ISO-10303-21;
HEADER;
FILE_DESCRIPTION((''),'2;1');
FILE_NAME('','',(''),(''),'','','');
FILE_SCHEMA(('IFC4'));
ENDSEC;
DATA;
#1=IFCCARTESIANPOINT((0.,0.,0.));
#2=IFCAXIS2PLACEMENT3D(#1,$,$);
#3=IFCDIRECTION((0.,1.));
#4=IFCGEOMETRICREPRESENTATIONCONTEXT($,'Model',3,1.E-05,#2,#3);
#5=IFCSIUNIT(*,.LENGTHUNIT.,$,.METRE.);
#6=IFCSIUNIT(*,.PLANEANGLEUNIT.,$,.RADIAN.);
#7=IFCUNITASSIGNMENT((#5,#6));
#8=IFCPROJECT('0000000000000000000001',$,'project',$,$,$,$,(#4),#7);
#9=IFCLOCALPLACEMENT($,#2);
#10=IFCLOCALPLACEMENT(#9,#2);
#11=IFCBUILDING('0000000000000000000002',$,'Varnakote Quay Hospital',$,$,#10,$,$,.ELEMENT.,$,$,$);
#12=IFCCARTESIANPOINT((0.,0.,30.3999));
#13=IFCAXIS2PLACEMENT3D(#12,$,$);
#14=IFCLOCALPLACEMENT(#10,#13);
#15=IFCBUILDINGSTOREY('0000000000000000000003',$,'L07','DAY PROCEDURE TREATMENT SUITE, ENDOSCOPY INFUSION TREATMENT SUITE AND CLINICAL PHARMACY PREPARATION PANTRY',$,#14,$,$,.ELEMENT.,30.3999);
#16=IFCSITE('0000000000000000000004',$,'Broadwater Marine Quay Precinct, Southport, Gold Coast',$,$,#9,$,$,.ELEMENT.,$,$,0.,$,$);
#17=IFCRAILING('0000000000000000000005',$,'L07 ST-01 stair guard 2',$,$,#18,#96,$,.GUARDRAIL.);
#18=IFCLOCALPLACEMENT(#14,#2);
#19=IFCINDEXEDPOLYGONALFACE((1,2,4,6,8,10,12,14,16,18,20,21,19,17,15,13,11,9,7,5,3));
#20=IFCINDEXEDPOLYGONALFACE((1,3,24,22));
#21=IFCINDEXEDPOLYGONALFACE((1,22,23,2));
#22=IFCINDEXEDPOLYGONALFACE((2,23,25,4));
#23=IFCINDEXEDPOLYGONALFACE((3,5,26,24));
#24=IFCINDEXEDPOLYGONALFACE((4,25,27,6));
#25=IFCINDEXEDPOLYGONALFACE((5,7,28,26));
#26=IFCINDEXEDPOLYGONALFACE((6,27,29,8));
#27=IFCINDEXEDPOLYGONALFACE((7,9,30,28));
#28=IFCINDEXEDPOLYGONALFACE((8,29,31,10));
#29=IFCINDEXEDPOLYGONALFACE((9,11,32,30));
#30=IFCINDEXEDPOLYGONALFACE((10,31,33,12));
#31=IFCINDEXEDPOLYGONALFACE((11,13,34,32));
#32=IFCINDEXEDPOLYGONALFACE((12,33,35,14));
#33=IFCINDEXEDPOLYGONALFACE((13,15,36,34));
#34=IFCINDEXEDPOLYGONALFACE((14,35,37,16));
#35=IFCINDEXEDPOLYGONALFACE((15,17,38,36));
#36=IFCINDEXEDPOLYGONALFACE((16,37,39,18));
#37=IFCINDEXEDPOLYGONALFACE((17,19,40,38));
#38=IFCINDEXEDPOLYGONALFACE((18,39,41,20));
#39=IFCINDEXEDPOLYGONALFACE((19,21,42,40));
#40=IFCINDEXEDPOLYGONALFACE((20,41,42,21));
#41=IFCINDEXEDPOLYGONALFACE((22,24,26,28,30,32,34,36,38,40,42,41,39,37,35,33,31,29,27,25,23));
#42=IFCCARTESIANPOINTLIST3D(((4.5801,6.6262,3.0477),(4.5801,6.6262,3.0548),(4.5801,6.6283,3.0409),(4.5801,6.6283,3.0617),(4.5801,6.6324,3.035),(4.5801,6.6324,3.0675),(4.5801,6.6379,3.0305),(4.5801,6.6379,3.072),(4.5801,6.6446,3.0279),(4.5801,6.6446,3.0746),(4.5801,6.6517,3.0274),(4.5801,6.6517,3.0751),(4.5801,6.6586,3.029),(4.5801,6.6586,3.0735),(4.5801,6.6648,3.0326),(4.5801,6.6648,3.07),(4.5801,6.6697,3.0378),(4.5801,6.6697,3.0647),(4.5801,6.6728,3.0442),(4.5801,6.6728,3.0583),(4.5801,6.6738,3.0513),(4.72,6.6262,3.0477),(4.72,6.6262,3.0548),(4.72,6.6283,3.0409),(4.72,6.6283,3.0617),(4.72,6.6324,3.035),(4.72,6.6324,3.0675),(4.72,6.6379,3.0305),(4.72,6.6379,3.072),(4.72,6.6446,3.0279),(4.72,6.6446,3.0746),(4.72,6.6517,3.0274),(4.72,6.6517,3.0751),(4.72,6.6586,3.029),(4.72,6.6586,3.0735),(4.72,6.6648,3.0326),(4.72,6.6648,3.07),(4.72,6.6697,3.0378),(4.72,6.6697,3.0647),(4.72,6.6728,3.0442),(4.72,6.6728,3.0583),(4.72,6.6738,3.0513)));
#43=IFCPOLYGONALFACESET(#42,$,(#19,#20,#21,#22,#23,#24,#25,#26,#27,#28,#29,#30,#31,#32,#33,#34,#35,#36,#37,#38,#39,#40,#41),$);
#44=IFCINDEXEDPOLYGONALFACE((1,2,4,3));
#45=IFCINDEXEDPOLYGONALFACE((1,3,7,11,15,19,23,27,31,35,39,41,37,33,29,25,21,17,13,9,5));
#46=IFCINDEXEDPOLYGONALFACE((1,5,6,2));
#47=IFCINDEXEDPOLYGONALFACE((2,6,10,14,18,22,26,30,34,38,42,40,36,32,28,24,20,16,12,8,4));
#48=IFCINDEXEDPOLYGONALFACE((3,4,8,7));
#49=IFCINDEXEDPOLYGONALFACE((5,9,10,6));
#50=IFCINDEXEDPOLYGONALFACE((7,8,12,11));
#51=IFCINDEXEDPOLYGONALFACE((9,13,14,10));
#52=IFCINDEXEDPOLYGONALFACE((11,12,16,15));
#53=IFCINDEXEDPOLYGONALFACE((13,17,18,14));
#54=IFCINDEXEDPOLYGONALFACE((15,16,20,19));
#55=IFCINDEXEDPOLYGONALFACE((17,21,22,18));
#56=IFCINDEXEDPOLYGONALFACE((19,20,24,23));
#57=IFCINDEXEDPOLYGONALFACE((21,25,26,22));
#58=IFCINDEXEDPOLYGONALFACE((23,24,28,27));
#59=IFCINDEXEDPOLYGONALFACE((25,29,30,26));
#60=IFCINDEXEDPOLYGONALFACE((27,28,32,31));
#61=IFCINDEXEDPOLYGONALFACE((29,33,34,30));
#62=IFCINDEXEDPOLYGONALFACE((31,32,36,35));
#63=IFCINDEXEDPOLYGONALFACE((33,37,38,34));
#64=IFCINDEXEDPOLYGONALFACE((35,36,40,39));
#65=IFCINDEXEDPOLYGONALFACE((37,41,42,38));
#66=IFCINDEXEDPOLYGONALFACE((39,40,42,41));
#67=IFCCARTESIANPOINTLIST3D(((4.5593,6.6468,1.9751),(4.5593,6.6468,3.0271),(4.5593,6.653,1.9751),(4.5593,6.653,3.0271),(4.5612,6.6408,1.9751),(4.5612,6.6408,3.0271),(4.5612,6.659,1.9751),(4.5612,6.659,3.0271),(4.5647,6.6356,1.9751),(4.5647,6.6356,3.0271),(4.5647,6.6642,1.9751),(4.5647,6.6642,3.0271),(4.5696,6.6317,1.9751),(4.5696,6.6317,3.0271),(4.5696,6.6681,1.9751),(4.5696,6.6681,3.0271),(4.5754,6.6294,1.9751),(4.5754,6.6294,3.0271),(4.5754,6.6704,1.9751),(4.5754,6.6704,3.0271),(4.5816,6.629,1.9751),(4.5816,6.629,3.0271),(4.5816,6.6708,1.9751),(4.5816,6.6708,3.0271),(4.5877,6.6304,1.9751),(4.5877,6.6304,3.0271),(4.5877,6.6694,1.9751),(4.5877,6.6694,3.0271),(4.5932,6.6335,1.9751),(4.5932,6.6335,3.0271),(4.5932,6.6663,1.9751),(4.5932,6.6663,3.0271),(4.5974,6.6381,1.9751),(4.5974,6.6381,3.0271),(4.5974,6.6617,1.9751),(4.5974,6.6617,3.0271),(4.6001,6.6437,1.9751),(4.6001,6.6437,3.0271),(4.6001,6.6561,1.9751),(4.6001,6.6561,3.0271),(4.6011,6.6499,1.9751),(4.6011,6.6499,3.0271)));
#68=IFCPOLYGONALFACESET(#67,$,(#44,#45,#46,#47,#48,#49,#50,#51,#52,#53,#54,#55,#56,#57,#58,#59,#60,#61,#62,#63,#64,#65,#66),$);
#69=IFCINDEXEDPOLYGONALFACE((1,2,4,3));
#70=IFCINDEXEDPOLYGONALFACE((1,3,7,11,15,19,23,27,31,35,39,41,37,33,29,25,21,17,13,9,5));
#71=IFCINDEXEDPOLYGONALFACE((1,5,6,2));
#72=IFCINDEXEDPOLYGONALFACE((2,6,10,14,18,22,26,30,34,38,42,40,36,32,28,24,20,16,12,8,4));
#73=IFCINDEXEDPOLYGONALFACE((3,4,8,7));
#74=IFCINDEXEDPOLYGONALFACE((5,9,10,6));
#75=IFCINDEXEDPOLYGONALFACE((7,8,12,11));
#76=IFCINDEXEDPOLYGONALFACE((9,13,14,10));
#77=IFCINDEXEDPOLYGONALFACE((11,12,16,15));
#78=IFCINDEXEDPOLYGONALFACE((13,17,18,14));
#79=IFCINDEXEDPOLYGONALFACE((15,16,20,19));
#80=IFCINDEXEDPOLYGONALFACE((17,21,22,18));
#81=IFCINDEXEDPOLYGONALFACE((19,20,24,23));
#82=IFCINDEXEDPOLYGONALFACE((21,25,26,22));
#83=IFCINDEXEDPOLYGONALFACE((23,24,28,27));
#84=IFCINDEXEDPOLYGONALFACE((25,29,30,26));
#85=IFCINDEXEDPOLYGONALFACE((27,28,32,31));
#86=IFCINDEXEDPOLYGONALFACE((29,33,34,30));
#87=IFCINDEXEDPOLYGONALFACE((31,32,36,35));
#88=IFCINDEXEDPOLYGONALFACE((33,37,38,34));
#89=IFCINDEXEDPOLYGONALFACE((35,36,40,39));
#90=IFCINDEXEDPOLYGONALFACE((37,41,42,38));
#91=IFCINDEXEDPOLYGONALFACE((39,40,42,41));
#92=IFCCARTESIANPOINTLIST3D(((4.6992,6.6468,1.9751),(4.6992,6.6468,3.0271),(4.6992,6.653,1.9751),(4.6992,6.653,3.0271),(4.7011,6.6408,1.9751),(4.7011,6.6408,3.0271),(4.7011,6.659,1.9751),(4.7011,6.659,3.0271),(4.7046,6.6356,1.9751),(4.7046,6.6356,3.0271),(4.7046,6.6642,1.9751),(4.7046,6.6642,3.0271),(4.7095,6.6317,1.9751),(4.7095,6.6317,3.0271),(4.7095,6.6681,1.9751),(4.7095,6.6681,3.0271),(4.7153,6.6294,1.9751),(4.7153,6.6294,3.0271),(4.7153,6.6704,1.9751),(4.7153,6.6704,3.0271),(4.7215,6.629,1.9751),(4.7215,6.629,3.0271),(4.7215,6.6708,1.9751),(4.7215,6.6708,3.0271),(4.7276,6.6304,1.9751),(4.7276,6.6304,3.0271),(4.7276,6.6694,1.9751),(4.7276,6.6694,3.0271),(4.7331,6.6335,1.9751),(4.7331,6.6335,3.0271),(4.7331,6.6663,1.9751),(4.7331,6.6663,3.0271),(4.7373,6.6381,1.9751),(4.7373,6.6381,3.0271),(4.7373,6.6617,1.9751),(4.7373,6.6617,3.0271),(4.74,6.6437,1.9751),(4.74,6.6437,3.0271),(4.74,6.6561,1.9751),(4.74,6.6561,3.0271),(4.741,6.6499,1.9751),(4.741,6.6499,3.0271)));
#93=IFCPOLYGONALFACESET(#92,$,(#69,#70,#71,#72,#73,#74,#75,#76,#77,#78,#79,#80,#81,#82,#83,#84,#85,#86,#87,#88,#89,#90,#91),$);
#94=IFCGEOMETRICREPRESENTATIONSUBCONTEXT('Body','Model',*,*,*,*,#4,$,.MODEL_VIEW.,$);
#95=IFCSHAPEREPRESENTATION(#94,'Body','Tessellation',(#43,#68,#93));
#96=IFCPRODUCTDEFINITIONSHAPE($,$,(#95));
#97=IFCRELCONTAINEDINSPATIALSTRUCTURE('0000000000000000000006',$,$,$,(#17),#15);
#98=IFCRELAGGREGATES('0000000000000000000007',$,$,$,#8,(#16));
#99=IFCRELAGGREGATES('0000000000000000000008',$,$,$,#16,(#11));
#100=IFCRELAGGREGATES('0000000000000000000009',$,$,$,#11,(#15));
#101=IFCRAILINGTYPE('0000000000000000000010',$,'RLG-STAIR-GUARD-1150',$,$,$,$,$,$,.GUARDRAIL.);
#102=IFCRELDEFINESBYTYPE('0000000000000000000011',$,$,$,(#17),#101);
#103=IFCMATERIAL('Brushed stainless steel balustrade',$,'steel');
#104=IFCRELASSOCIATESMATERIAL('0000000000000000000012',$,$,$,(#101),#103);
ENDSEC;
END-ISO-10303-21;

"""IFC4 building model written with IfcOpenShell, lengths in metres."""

from ifc_helpers import new_model, si_unit, direction, frame, origin, origin_2d, place, context, subcontext, project, spatial, circle, extrude, material, type_object, element, save


model = new_model("IFC4")

# Units and contexts
model_context = context("Model", 3, precision=1e-05, world=origin(), true_north=direction((0.0, 1.0)))
body_context = subcontext(model_context, "Body", "Model", "MODEL_VIEW")
ifc_project = project(units=[si_unit("LENGTHUNIT", "METRE"), si_unit("PLANEANGLEUNIT", "RADIAN")], contexts=[model_context])

# Site, building, storey
site_placement = place(None, origin())
site = spatial("IfcSite", under=ifc_project, at=site_placement, Name="Broadwater Marine Quay Precinct, Southport, Gold Coast", CompositionType="ELEMENT", RefElevation=0.0)
building_placement = place(site_placement, origin())
building = spatial("IfcBuilding", under=site, at=building_placement, Name="Varnakote Quay Hospital", CompositionType="ELEMENT")
storey_placement = place(building_placement, frame((0.0, 0.0, 30.3999)))
storey = spatial("IfcBuildingStorey", under=building, at=storey_placement, Name="L07", Description="DAY PROCEDURE TREATMENT SUITE, ENDOSCOPY INFUSION TREATMENT SUITE AND CLINICAL PHARMACY PREPARATION PANTRY", CompositionType="ELEMENT", Elevation=30.3999)

# Railing
ifc_material_1 = material(Name="Brushed stainless steel balustrade", Category="steel")
railing_type_1 = type_object("IfcRailingType", Name="RLG-STAIR-GUARD-1150", PredefinedType="GUARDRAIL", material=ifc_material_1)
railing_1_placement = place(storey_placement, frame((4.5801, 6.6499, 1.9751)))
element("IfcRailing", 1, at=railing_1_placement, inside=storey, type_object=railing_type_1, Name="L07 ST-01 stair guard 2", PredefinedType="GUARDRAIL", context=body_context, shape_type="SweptSolid", body=[
    extrude(circle(Radius=0.0239, at=origin_2d()), frame((0.0, 0.0, 1.0762), z_axis=(1.0, 0.0, 0.0), x_axis=(0.0, 1.0, 0.0)), (0.0, 0.0, 1.0), 0.1399),
    extrude(circle(Radius=0.021, at=origin_2d()), origin(), (0.0, 0.0, 1.0), 1.052),
    extrude(circle(Radius=0.021, at=origin_2d()), frame((0.1399, 0.0, 0.0)), (0.0, 0.0, 1.0), 1.052),
])

save(model, "model.ifc")
